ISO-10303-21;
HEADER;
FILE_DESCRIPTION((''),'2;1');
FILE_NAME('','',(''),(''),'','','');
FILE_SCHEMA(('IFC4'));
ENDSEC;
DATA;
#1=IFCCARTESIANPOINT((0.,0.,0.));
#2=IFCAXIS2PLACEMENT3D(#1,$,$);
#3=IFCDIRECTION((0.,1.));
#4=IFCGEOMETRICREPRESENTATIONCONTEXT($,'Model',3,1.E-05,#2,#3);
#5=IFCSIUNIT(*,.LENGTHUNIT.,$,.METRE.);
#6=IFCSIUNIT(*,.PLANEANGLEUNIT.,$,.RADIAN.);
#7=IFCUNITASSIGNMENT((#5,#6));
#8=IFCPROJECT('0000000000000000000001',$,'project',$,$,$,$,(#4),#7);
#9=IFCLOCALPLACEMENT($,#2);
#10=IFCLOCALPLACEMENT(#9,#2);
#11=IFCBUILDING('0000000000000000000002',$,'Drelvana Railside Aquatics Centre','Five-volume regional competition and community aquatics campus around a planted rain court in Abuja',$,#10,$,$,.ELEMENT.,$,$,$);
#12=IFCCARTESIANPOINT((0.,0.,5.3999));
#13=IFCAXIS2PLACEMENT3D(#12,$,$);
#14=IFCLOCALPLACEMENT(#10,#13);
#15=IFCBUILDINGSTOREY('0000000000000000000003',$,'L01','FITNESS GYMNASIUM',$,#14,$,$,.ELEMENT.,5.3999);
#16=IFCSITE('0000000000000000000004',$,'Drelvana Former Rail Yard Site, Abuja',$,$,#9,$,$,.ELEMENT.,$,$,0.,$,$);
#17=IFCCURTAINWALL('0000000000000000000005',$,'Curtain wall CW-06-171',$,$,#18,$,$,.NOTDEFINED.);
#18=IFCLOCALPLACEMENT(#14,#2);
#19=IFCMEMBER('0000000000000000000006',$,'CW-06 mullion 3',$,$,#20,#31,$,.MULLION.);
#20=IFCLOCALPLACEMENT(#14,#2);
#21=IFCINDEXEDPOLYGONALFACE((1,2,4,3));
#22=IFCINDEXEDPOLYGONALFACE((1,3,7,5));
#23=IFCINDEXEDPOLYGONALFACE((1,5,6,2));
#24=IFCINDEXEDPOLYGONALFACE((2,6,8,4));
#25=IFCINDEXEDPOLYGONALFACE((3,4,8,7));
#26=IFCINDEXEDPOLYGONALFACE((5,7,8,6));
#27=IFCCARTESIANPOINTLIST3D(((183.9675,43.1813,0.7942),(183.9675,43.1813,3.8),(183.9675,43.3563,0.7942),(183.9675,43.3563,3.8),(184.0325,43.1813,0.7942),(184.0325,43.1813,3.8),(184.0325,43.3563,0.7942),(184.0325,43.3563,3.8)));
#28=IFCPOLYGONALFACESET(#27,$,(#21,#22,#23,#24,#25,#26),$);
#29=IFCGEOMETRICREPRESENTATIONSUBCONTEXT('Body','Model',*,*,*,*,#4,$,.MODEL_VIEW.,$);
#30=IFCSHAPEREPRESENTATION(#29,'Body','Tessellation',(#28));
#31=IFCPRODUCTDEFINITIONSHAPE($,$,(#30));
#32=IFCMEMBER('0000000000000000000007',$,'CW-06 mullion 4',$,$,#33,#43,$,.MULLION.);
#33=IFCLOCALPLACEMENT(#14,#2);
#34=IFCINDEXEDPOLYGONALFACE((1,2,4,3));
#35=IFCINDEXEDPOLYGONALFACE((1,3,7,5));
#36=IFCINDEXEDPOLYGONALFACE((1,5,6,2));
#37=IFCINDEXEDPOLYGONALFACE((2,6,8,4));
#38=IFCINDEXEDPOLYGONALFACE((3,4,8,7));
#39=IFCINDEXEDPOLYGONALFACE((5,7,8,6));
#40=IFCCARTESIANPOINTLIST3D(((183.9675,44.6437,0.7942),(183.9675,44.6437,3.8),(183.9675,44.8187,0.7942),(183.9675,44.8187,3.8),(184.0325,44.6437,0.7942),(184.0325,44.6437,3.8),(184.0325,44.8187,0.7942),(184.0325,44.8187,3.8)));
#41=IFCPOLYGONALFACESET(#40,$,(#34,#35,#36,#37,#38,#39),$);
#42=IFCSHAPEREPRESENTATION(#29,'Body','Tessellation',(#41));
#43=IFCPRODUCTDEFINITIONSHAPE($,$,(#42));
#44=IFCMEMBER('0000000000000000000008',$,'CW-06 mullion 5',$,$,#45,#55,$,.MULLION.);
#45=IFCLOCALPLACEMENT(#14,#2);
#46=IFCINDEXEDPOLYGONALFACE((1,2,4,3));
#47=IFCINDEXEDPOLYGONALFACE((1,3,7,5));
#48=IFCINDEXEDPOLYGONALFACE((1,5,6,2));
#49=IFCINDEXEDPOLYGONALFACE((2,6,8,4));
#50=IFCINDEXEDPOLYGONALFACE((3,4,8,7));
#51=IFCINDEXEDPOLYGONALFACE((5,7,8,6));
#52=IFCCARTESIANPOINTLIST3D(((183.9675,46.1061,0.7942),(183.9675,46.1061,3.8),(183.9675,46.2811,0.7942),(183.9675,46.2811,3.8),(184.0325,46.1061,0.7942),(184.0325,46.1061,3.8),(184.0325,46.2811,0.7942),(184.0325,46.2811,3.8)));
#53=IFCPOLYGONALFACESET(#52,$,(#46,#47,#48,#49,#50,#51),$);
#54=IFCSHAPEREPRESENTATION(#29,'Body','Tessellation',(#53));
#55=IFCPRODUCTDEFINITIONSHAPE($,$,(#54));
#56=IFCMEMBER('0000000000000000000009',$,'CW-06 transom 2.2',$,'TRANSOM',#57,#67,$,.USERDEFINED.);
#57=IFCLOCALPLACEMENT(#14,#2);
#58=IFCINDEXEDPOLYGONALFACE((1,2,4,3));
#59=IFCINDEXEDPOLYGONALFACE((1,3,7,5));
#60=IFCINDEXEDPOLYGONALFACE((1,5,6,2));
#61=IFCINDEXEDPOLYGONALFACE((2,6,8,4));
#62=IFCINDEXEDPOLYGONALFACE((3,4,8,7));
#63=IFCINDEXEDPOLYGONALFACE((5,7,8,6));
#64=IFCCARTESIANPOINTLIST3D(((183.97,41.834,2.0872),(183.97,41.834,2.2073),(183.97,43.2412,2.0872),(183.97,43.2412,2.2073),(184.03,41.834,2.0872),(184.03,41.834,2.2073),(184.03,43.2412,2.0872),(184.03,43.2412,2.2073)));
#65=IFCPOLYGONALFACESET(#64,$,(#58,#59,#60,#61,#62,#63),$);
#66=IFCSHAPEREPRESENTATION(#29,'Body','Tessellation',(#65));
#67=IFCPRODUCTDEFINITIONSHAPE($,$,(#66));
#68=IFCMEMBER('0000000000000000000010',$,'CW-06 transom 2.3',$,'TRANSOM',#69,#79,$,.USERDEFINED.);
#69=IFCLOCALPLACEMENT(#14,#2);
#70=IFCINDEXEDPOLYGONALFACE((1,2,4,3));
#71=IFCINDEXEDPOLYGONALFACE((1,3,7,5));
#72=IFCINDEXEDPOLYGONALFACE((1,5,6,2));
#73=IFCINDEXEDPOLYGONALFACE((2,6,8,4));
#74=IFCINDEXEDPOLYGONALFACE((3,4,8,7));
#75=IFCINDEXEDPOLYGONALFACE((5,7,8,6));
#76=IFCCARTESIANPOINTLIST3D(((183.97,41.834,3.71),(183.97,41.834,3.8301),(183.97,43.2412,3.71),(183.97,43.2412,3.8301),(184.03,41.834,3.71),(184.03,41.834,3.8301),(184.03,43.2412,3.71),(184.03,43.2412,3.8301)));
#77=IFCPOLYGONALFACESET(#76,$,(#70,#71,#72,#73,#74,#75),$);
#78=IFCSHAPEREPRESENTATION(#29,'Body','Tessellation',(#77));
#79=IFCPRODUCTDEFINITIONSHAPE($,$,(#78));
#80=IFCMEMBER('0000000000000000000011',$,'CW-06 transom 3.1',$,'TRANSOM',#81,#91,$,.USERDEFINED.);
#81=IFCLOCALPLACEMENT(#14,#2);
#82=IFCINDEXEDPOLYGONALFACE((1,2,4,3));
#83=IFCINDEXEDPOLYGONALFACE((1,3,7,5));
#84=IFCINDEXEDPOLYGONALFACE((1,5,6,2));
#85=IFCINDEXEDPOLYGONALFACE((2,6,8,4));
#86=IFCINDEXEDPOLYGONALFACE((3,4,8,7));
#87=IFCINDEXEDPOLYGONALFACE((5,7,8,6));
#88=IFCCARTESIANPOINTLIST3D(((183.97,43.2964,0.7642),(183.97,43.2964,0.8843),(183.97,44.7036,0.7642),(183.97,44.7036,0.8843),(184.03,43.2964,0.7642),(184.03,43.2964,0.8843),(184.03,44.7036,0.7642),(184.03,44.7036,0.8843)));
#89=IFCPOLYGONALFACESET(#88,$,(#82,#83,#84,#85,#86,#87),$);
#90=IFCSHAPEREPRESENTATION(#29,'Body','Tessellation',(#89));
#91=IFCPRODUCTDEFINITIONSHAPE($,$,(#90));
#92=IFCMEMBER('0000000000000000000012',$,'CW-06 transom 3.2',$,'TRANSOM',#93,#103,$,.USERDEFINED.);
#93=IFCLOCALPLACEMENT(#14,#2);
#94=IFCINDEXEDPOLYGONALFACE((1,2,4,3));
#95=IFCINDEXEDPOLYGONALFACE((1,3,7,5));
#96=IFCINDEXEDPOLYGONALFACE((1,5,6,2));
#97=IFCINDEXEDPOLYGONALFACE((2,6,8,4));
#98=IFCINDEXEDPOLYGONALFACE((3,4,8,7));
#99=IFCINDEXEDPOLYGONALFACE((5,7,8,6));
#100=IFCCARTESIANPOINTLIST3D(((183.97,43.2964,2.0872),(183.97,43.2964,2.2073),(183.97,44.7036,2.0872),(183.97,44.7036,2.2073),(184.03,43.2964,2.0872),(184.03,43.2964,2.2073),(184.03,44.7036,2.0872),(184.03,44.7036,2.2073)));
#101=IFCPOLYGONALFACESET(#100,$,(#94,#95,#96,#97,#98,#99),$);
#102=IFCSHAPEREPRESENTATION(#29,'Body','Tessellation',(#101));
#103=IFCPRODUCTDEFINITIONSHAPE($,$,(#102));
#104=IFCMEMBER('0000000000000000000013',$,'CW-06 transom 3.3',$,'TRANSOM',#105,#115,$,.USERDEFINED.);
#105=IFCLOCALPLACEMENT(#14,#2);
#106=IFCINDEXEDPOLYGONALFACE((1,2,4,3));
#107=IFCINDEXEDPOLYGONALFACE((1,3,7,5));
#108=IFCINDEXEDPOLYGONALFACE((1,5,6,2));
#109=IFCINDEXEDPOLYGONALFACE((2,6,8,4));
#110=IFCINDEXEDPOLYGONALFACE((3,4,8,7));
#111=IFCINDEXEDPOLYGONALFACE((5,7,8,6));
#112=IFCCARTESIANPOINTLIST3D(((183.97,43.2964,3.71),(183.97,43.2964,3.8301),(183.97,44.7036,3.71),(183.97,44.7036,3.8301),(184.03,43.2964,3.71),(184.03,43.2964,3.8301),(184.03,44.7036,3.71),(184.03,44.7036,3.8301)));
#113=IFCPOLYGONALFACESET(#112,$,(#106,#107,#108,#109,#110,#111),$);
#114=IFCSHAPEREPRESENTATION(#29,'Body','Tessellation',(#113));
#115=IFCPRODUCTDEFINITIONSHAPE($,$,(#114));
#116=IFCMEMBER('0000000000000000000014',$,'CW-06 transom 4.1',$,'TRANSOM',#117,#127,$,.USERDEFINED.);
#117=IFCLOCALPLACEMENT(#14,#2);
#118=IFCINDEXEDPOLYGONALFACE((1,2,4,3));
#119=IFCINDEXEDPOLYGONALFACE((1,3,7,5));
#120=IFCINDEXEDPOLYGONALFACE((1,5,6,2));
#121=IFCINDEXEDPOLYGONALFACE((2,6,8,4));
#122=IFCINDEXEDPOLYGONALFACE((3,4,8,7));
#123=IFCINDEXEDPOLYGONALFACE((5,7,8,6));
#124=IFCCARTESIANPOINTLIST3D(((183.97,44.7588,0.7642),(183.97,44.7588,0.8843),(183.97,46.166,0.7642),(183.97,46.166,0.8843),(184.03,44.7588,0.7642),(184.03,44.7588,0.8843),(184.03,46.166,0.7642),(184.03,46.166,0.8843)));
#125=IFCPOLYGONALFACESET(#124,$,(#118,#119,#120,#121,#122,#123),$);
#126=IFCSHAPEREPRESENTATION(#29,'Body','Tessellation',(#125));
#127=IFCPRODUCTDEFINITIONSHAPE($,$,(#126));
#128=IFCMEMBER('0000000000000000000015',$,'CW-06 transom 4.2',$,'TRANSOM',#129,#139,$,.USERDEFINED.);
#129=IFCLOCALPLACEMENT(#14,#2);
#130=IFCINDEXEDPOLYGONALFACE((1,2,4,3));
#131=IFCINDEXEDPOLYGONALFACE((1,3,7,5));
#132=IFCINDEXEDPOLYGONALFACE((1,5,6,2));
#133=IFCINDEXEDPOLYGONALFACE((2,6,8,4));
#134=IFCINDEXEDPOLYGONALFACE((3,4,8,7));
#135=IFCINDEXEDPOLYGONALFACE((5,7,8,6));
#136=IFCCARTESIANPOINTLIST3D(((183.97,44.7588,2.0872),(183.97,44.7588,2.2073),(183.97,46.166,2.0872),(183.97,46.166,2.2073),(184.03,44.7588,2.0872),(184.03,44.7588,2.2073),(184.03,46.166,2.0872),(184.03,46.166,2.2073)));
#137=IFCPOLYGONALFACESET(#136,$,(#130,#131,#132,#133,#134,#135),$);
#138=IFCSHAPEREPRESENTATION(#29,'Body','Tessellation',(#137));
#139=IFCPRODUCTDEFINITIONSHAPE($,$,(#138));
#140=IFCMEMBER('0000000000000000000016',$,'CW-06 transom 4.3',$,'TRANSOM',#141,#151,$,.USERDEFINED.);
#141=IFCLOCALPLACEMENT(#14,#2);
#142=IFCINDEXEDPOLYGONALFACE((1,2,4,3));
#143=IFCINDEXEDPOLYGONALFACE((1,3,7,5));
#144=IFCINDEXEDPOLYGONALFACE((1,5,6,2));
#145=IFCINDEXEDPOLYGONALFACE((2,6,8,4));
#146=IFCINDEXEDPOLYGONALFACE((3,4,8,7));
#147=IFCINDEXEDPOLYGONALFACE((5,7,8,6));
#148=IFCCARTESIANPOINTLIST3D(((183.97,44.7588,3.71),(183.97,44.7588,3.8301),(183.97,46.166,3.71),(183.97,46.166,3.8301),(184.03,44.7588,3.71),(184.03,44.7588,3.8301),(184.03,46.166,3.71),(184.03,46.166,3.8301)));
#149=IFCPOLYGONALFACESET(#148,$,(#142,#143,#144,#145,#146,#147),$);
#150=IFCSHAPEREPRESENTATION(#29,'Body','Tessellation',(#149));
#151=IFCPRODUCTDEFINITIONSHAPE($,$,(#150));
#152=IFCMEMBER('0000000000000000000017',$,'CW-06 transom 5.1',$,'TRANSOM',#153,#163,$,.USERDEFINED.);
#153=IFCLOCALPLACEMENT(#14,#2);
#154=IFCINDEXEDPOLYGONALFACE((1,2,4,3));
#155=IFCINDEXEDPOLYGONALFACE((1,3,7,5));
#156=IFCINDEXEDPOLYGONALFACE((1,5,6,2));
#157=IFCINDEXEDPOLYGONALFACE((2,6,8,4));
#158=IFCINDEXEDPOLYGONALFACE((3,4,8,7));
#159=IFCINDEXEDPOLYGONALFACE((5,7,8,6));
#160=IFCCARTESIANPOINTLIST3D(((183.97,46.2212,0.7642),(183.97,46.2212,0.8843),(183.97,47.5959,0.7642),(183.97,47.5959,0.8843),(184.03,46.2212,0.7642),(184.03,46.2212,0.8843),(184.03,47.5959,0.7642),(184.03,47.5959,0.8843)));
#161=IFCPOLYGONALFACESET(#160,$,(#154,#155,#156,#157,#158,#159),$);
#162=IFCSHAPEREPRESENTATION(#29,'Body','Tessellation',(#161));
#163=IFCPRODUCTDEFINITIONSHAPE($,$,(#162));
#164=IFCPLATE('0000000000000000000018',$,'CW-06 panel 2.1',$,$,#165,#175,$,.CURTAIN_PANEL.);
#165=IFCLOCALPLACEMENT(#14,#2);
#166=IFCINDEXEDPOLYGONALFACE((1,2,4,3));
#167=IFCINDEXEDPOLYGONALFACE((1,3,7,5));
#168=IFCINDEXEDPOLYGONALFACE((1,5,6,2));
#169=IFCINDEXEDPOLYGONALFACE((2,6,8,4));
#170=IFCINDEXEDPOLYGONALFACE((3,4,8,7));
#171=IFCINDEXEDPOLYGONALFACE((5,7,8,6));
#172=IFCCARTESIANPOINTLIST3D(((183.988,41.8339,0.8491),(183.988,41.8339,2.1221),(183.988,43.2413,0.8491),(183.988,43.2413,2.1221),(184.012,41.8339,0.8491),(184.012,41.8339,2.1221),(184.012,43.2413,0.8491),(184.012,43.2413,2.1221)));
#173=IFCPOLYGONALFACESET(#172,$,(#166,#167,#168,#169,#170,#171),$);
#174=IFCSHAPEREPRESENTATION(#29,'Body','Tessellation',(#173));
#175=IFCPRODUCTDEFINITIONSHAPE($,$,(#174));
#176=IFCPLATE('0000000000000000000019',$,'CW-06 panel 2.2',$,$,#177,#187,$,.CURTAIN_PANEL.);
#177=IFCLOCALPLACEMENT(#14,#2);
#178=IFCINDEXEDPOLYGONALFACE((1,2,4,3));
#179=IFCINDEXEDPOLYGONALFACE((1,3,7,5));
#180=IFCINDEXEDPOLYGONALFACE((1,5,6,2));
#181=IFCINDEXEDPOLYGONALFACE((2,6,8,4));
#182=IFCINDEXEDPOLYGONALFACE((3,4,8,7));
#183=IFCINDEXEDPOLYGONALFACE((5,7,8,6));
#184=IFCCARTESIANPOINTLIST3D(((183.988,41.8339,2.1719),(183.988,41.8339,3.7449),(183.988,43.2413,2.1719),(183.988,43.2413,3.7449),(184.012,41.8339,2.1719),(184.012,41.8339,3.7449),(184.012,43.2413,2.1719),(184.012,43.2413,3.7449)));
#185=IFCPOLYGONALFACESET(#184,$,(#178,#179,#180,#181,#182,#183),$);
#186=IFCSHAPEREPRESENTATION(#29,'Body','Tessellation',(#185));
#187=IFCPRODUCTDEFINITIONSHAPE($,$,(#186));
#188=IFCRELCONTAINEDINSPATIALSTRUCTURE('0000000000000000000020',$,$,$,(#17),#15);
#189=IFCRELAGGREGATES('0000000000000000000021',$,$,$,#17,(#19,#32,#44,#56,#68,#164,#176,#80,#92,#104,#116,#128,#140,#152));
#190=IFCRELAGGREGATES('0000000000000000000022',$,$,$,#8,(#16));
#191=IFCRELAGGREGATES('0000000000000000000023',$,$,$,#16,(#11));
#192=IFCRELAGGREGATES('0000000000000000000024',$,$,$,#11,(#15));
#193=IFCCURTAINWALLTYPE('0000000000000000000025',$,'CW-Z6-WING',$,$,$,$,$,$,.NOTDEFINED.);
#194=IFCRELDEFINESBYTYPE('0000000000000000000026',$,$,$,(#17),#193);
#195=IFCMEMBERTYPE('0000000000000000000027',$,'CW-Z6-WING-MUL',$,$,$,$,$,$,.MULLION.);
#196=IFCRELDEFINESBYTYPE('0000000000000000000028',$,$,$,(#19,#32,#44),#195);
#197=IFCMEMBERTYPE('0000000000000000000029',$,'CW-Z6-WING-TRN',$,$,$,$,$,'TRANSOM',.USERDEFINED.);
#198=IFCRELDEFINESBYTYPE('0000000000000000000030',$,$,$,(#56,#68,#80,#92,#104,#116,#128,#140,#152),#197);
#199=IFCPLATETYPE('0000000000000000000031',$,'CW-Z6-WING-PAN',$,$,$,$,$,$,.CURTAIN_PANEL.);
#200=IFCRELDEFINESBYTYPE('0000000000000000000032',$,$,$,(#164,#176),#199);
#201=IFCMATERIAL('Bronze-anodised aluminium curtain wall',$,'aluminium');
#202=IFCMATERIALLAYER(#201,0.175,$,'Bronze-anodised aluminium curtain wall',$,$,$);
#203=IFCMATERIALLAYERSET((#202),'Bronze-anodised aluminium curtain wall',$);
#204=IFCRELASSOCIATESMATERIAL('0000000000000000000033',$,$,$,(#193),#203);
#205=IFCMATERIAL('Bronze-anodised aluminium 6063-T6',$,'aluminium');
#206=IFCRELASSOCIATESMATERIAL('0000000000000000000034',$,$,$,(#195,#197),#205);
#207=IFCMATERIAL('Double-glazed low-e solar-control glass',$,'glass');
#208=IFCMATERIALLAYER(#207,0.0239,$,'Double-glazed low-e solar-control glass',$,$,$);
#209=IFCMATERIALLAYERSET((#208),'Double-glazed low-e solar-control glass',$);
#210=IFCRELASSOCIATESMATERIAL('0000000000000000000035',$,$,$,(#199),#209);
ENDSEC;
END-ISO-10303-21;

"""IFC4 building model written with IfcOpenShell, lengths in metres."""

from ifc_helpers import new_model, si_unit, direction, frame, origin, origin_2d, place, context, subcontext, project, spatial, rectangle, extrude, material, layer, layer_set, material_profile, profile_set, type_object, element, aggregate, save


model = new_model("IFC4")

# Units and contexts
model_context = context("Model", 3, precision=1e-05, world=origin(), true_north=direction((0.0, 1.0)))
body_context = subcontext(model_context, "Body", "Model", "MODEL_VIEW")
ifc_project = project(units=[si_unit("LENGTHUNIT", "METRE"), si_unit("PLANEANGLEUNIT", "RADIAN")], contexts=[model_context])

# Site, building, storey
site_placement = place(None, origin())
site = spatial("IfcSite", under=ifc_project, at=site_placement, Name="Drelvana Former Rail Yard Site, Abuja", CompositionType="ELEMENT", RefElevation=0.0)
building_placement = place(site_placement, origin())
building = spatial("IfcBuilding", under=site, at=building_placement, Name="Drelvana Railside Aquatics Centre", Description="Five-volume regional competition and community aquatics campus around a planted rain court in Abuja", CompositionType="ELEMENT")
storey_placement = place(building_placement, frame((0.0, 0.0, 5.3999)))
storey = spatial("IfcBuildingStorey", under=building, at=storey_placement, Name="L01", Description="FITNESS GYMNASIUM", CompositionType="ELEMENT", Elevation=5.3999)

# Curtain wall, members, plates
ifc_material_1 = material(Name="Bronze-anodised aluminium curtain wall", Category="aluminium")
ifc_layer_1 = layer(ifc_material_1, 0.175, Name="Bronze-anodised aluminium curtain wall")
ifc_layer_set_1 = layer_set([ifc_layer_1], Name="Bronze-anodised aluminium curtain wall")
curtain_wall_type = type_object("IfcCurtainWallType", Name="CW-Z6-WING", PredefinedType="NOTDEFINED", material=ifc_layer_set_1)
curtain_wall_placement = place(storey_placement, origin())
curtain_wall = element("IfcCurtainWall", 1, at=curtain_wall_placement, inside=storey, type_object=curtain_wall_type, Name="Curtain wall CW-06-171", PredefinedType="NOTDEFINED")
ifc_material_2 = material(Name="Bronze-anodised aluminium 6063-T6", Category="aluminium")
ifc_material_profile_1 = material_profile(ifc_material_2, rectangle(XDim=0.0649, YDim=0.175, at=origin_2d()), Name="ALU-M 65x175")
ifc_profile_set_1 = profile_set([ifc_material_profile_1], Name="Bronze-anodised aluminium 6063-T6")
member_type_1 = type_object("IfcMemberType", Name="CW-Z6-WING-MUL", PredefinedType="MULLION", material=ifc_profile_set_1)
member_1_placement = place(storey_placement, frame((184.0, 43.2688, 0.7942), z_axis=(0.0, 0.0, 1.0), x_axis=(-1.0, 0.0, 0.0)))
member_1 = element("IfcMember", 2, at=member_1_placement, type_object=member_type_1, Name="CW-06 mullion 3", PredefinedType="MULLION", context=body_context, shape_type="SweptSolid", body=[
    extrude(rectangle(XDim=0.0649, YDim=0.175, at=origin_2d()), origin(), (0.0, 0.0, 1.0), 3.0059),
])
member_2_placement = place(storey_placement, frame((184.0, 44.7312, 0.7942), z_axis=(0.0, 0.0, 1.0), x_axis=(-1.0, 0.0, 0.0)))
member_2 = element("IfcMember", 3, at=member_2_placement, type_object=member_type_1, Name="CW-06 mullion 4", PredefinedType="MULLION", context=body_context, shape_type="SweptSolid", body=[
    extrude(rectangle(XDim=0.0649, YDim=0.175, at=origin_2d()), origin(), (0.0, 0.0, 1.0), 3.0059),
])
member_3_placement = place(storey_placement, frame((184.0, 46.1936, 0.7942), z_axis=(0.0, 0.0, 1.0), x_axis=(-1.0, 0.0, 0.0)))
member_3 = element("IfcMember", 4, at=member_3_placement, type_object=member_type_1, Name="CW-06 mullion 5", PredefinedType="MULLION", context=body_context, shape_type="SweptSolid", body=[
    extrude(rectangle(XDim=0.0649, YDim=0.175, at=origin_2d()), origin(), (0.0, 0.0, 1.0), 3.0059),
])
ifc_material_profile_2 = material_profile(ifc_material_2, rectangle(XDim=0.1201, YDim=0.0601, at=origin_2d()), Name="ALU-T 60x120")
ifc_profile_set_2 = profile_set([ifc_material_profile_2], Name="Bronze-anodised aluminium 6063-T6")
member_type_2 = type_object("IfcMemberType", Name="CW-Z6-WING-TRN", ElementType="TRANSOM", PredefinedType="USERDEFINED", material=ifc_profile_set_2)
member_4_placement = place(storey_placement, frame((184.0, 41.834, 2.1472), z_axis=(0.0, 1.0, 0.0), x_axis=(0.0, 0.0, 1.0)))
member_4 = element("IfcMember", 5, at=member_4_placement, type_object=member_type_2, Name="CW-06 transom 2.2", ObjectType="TRANSOM", PredefinedType="USERDEFINED", context=body_context, shape_type="SweptSolid", body=[
    extrude(rectangle(XDim=0.1201, YDim=0.0601, at=origin_2d()), origin(), (0.0, 0.0, 1.0), 1.4072),
])
member_5_placement = place(storey_placement, frame((184.0, 41.834, 3.77), z_axis=(0.0, 1.0, 0.0), x_axis=(0.0, 0.0, 1.0)))
member_5 = element("IfcMember", 6, at=member_5_placement, type_object=member_type_2, Name="CW-06 transom 2.3", ObjectType="TRANSOM", PredefinedType="USERDEFINED", context=body_context, shape_type="SweptSolid", body=[
    extrude(rectangle(XDim=0.1201, YDim=0.0601, at=origin_2d()), origin(), (0.0, 0.0, 1.0), 1.4072),
])
member_6_placement = place(storey_placement, frame((184.0, 43.2964, 0.8242), z_axis=(0.0, 1.0, 0.0), x_axis=(0.0, 0.0, 1.0)))
member_6 = element("IfcMember", 7, at=member_6_placement, type_object=member_type_2, Name="CW-06 transom 3.1", ObjectType="TRANSOM", PredefinedType="USERDEFINED", context=body_context, shape_type="SweptSolid", body=[
    extrude(rectangle(XDim=0.1201, YDim=0.0601, at=origin_2d()), origin(), (0.0, 0.0, 1.0), 1.4072),
])
member_7_placement = place(storey_placement, frame((184.0, 43.2964, 2.1472), z_axis=(0.0, 1.0, 0.0), x_axis=(0.0, 0.0, 1.0)))
member_7 = element("IfcMember", 8, at=member_7_placement, type_object=member_type_2, Name="CW-06 transom 3.2", ObjectType="TRANSOM", PredefinedType="USERDEFINED", context=body_context, shape_type="SweptSolid", body=[
    extrude(rectangle(XDim=0.1201, YDim=0.0601, at=origin_2d()), origin(), (0.0, 0.0, 1.0), 1.4072),
])
member_8_placement = place(storey_placement, frame((184.0, 43.2964, 3.77), z_axis=(0.0, 1.0, 0.0), x_axis=(0.0, 0.0, 1.0)))
member_8 = element("IfcMember", 9, at=member_8_placement, type_object=member_type_2, Name="CW-06 transom 3.3", ObjectType="TRANSOM", PredefinedType="USERDEFINED", context=body_context, shape_type="SweptSolid", body=[
    extrude(rectangle(XDim=0.1201, YDim=0.0601, at=origin_2d()), origin(), (0.0, 0.0, 1.0), 1.4072),
])
member_9_placement = place(storey_placement, frame((184.0, 44.7588, 0.8242), z_axis=(0.0, 1.0, 0.0), x_axis=(0.0, 0.0, 1.0)))
member_9 = element("IfcMember", 10, at=member_9_placement, type_object=member_type_2, Name="CW-06 transom 4.1", ObjectType="TRANSOM", PredefinedType="USERDEFINED", context=body_context, shape_type="SweptSolid", body=[
    extrude(rectangle(XDim=0.1201, YDim=0.0601, at=origin_2d()), origin(), (0.0, 0.0, 1.0), 1.4072),
])
member_10_placement = place(storey_placement, frame((184.0, 44.7588, 2.1472), z_axis=(0.0, 1.0, 0.0), x_axis=(0.0, 0.0, 1.0)))
member_10 = element("IfcMember", 11, at=member_10_placement, type_object=member_type_2, Name="CW-06 transom 4.2", ObjectType="TRANSOM", PredefinedType="USERDEFINED", context=body_context, shape_type="SweptSolid", body=[
    extrude(rectangle(XDim=0.1201, YDim=0.0601, at=origin_2d()), origin(), (0.0, 0.0, 1.0), 1.4072),
])
member_11_placement = place(storey_placement, frame((184.0, 44.7588, 3.77), z_axis=(0.0, 1.0, 0.0), x_axis=(0.0, 0.0, 1.0)))
member_11 = element("IfcMember", 12, at=member_11_placement, type_object=member_type_2, Name="CW-06 transom 4.3", ObjectType="TRANSOM", PredefinedType="USERDEFINED", context=body_context, shape_type="SweptSolid", body=[
    extrude(rectangle(XDim=0.1201, YDim=0.0601, at=origin_2d()), origin(), (0.0, 0.0, 1.0), 1.4072),
])
member_12_placement = place(storey_placement, frame((184.0, 46.2212, 0.8242), z_axis=(0.0, 1.0, 0.0), x_axis=(0.0, 0.0, 1.0)))
member_12 = element("IfcMember", 13, at=member_12_placement, type_object=member_type_2, Name="CW-06 transom 5.1", ObjectType="TRANSOM", PredefinedType="USERDEFINED", context=body_context, shape_type="SweptSolid", body=[
    extrude(rectangle(XDim=0.1201, YDim=0.0601, at=origin_2d()), origin(), (0.0, 0.0, 1.0), 1.3748),
])
ifc_material_3 = material(Name="Double-glazed low-e solar-control glass", Category="glass")
ifc_layer_2 = layer(ifc_material_3, 0.0239, Name="Double-glazed low-e solar-control glass")
ifc_layer_set_2 = layer_set([ifc_layer_2], Name="Double-glazed low-e solar-control glass")
plate_type = type_object("IfcPlateType", Name="CW-Z6-WING-PAN", PredefinedType="CURTAIN_PANEL", material=ifc_layer_set_2)
plate_1_placement = place(storey_placement, frame((184.0, 42.5376, 0.8491), z_axis=(0.0, 0.0, 1.0), x_axis=(0.0, 1.0, 0.0)))
plate_1 = element("IfcPlate", 14, at=plate_1_placement, type_object=plate_type, Name="CW-06 panel 2.1", PredefinedType="CURTAIN_PANEL", context=body_context, shape_type="SweptSolid", body=[
    extrude(rectangle(XDim=1.4075, YDim=0.0239, at=origin_2d()), origin(), (0.0, 0.0, 1.0), 1.2729),
])
plate_2_placement = place(storey_placement, frame((184.0, 42.5376, 2.1719), z_axis=(0.0, 0.0, 1.0), x_axis=(0.0, 1.0, 0.0)))
plate_2 = element("IfcPlate", 15, at=plate_2_placement, type_object=plate_type, Name="CW-06 panel 2.2", PredefinedType="CURTAIN_PANEL", context=body_context, shape_type="SweptSolid", body=[
    extrude(rectangle(XDim=1.4075, YDim=0.0239, at=origin_2d()), origin(), (0.0, 0.0, 1.0), 1.573),
])
aggregate(curtain_wall, [member_1, member_2, member_3, member_4, member_5, plate_1, plate_2, member_6, member_7, member_8, member_9, member_10, member_11, member_12])

save(model, "model.ifc")
